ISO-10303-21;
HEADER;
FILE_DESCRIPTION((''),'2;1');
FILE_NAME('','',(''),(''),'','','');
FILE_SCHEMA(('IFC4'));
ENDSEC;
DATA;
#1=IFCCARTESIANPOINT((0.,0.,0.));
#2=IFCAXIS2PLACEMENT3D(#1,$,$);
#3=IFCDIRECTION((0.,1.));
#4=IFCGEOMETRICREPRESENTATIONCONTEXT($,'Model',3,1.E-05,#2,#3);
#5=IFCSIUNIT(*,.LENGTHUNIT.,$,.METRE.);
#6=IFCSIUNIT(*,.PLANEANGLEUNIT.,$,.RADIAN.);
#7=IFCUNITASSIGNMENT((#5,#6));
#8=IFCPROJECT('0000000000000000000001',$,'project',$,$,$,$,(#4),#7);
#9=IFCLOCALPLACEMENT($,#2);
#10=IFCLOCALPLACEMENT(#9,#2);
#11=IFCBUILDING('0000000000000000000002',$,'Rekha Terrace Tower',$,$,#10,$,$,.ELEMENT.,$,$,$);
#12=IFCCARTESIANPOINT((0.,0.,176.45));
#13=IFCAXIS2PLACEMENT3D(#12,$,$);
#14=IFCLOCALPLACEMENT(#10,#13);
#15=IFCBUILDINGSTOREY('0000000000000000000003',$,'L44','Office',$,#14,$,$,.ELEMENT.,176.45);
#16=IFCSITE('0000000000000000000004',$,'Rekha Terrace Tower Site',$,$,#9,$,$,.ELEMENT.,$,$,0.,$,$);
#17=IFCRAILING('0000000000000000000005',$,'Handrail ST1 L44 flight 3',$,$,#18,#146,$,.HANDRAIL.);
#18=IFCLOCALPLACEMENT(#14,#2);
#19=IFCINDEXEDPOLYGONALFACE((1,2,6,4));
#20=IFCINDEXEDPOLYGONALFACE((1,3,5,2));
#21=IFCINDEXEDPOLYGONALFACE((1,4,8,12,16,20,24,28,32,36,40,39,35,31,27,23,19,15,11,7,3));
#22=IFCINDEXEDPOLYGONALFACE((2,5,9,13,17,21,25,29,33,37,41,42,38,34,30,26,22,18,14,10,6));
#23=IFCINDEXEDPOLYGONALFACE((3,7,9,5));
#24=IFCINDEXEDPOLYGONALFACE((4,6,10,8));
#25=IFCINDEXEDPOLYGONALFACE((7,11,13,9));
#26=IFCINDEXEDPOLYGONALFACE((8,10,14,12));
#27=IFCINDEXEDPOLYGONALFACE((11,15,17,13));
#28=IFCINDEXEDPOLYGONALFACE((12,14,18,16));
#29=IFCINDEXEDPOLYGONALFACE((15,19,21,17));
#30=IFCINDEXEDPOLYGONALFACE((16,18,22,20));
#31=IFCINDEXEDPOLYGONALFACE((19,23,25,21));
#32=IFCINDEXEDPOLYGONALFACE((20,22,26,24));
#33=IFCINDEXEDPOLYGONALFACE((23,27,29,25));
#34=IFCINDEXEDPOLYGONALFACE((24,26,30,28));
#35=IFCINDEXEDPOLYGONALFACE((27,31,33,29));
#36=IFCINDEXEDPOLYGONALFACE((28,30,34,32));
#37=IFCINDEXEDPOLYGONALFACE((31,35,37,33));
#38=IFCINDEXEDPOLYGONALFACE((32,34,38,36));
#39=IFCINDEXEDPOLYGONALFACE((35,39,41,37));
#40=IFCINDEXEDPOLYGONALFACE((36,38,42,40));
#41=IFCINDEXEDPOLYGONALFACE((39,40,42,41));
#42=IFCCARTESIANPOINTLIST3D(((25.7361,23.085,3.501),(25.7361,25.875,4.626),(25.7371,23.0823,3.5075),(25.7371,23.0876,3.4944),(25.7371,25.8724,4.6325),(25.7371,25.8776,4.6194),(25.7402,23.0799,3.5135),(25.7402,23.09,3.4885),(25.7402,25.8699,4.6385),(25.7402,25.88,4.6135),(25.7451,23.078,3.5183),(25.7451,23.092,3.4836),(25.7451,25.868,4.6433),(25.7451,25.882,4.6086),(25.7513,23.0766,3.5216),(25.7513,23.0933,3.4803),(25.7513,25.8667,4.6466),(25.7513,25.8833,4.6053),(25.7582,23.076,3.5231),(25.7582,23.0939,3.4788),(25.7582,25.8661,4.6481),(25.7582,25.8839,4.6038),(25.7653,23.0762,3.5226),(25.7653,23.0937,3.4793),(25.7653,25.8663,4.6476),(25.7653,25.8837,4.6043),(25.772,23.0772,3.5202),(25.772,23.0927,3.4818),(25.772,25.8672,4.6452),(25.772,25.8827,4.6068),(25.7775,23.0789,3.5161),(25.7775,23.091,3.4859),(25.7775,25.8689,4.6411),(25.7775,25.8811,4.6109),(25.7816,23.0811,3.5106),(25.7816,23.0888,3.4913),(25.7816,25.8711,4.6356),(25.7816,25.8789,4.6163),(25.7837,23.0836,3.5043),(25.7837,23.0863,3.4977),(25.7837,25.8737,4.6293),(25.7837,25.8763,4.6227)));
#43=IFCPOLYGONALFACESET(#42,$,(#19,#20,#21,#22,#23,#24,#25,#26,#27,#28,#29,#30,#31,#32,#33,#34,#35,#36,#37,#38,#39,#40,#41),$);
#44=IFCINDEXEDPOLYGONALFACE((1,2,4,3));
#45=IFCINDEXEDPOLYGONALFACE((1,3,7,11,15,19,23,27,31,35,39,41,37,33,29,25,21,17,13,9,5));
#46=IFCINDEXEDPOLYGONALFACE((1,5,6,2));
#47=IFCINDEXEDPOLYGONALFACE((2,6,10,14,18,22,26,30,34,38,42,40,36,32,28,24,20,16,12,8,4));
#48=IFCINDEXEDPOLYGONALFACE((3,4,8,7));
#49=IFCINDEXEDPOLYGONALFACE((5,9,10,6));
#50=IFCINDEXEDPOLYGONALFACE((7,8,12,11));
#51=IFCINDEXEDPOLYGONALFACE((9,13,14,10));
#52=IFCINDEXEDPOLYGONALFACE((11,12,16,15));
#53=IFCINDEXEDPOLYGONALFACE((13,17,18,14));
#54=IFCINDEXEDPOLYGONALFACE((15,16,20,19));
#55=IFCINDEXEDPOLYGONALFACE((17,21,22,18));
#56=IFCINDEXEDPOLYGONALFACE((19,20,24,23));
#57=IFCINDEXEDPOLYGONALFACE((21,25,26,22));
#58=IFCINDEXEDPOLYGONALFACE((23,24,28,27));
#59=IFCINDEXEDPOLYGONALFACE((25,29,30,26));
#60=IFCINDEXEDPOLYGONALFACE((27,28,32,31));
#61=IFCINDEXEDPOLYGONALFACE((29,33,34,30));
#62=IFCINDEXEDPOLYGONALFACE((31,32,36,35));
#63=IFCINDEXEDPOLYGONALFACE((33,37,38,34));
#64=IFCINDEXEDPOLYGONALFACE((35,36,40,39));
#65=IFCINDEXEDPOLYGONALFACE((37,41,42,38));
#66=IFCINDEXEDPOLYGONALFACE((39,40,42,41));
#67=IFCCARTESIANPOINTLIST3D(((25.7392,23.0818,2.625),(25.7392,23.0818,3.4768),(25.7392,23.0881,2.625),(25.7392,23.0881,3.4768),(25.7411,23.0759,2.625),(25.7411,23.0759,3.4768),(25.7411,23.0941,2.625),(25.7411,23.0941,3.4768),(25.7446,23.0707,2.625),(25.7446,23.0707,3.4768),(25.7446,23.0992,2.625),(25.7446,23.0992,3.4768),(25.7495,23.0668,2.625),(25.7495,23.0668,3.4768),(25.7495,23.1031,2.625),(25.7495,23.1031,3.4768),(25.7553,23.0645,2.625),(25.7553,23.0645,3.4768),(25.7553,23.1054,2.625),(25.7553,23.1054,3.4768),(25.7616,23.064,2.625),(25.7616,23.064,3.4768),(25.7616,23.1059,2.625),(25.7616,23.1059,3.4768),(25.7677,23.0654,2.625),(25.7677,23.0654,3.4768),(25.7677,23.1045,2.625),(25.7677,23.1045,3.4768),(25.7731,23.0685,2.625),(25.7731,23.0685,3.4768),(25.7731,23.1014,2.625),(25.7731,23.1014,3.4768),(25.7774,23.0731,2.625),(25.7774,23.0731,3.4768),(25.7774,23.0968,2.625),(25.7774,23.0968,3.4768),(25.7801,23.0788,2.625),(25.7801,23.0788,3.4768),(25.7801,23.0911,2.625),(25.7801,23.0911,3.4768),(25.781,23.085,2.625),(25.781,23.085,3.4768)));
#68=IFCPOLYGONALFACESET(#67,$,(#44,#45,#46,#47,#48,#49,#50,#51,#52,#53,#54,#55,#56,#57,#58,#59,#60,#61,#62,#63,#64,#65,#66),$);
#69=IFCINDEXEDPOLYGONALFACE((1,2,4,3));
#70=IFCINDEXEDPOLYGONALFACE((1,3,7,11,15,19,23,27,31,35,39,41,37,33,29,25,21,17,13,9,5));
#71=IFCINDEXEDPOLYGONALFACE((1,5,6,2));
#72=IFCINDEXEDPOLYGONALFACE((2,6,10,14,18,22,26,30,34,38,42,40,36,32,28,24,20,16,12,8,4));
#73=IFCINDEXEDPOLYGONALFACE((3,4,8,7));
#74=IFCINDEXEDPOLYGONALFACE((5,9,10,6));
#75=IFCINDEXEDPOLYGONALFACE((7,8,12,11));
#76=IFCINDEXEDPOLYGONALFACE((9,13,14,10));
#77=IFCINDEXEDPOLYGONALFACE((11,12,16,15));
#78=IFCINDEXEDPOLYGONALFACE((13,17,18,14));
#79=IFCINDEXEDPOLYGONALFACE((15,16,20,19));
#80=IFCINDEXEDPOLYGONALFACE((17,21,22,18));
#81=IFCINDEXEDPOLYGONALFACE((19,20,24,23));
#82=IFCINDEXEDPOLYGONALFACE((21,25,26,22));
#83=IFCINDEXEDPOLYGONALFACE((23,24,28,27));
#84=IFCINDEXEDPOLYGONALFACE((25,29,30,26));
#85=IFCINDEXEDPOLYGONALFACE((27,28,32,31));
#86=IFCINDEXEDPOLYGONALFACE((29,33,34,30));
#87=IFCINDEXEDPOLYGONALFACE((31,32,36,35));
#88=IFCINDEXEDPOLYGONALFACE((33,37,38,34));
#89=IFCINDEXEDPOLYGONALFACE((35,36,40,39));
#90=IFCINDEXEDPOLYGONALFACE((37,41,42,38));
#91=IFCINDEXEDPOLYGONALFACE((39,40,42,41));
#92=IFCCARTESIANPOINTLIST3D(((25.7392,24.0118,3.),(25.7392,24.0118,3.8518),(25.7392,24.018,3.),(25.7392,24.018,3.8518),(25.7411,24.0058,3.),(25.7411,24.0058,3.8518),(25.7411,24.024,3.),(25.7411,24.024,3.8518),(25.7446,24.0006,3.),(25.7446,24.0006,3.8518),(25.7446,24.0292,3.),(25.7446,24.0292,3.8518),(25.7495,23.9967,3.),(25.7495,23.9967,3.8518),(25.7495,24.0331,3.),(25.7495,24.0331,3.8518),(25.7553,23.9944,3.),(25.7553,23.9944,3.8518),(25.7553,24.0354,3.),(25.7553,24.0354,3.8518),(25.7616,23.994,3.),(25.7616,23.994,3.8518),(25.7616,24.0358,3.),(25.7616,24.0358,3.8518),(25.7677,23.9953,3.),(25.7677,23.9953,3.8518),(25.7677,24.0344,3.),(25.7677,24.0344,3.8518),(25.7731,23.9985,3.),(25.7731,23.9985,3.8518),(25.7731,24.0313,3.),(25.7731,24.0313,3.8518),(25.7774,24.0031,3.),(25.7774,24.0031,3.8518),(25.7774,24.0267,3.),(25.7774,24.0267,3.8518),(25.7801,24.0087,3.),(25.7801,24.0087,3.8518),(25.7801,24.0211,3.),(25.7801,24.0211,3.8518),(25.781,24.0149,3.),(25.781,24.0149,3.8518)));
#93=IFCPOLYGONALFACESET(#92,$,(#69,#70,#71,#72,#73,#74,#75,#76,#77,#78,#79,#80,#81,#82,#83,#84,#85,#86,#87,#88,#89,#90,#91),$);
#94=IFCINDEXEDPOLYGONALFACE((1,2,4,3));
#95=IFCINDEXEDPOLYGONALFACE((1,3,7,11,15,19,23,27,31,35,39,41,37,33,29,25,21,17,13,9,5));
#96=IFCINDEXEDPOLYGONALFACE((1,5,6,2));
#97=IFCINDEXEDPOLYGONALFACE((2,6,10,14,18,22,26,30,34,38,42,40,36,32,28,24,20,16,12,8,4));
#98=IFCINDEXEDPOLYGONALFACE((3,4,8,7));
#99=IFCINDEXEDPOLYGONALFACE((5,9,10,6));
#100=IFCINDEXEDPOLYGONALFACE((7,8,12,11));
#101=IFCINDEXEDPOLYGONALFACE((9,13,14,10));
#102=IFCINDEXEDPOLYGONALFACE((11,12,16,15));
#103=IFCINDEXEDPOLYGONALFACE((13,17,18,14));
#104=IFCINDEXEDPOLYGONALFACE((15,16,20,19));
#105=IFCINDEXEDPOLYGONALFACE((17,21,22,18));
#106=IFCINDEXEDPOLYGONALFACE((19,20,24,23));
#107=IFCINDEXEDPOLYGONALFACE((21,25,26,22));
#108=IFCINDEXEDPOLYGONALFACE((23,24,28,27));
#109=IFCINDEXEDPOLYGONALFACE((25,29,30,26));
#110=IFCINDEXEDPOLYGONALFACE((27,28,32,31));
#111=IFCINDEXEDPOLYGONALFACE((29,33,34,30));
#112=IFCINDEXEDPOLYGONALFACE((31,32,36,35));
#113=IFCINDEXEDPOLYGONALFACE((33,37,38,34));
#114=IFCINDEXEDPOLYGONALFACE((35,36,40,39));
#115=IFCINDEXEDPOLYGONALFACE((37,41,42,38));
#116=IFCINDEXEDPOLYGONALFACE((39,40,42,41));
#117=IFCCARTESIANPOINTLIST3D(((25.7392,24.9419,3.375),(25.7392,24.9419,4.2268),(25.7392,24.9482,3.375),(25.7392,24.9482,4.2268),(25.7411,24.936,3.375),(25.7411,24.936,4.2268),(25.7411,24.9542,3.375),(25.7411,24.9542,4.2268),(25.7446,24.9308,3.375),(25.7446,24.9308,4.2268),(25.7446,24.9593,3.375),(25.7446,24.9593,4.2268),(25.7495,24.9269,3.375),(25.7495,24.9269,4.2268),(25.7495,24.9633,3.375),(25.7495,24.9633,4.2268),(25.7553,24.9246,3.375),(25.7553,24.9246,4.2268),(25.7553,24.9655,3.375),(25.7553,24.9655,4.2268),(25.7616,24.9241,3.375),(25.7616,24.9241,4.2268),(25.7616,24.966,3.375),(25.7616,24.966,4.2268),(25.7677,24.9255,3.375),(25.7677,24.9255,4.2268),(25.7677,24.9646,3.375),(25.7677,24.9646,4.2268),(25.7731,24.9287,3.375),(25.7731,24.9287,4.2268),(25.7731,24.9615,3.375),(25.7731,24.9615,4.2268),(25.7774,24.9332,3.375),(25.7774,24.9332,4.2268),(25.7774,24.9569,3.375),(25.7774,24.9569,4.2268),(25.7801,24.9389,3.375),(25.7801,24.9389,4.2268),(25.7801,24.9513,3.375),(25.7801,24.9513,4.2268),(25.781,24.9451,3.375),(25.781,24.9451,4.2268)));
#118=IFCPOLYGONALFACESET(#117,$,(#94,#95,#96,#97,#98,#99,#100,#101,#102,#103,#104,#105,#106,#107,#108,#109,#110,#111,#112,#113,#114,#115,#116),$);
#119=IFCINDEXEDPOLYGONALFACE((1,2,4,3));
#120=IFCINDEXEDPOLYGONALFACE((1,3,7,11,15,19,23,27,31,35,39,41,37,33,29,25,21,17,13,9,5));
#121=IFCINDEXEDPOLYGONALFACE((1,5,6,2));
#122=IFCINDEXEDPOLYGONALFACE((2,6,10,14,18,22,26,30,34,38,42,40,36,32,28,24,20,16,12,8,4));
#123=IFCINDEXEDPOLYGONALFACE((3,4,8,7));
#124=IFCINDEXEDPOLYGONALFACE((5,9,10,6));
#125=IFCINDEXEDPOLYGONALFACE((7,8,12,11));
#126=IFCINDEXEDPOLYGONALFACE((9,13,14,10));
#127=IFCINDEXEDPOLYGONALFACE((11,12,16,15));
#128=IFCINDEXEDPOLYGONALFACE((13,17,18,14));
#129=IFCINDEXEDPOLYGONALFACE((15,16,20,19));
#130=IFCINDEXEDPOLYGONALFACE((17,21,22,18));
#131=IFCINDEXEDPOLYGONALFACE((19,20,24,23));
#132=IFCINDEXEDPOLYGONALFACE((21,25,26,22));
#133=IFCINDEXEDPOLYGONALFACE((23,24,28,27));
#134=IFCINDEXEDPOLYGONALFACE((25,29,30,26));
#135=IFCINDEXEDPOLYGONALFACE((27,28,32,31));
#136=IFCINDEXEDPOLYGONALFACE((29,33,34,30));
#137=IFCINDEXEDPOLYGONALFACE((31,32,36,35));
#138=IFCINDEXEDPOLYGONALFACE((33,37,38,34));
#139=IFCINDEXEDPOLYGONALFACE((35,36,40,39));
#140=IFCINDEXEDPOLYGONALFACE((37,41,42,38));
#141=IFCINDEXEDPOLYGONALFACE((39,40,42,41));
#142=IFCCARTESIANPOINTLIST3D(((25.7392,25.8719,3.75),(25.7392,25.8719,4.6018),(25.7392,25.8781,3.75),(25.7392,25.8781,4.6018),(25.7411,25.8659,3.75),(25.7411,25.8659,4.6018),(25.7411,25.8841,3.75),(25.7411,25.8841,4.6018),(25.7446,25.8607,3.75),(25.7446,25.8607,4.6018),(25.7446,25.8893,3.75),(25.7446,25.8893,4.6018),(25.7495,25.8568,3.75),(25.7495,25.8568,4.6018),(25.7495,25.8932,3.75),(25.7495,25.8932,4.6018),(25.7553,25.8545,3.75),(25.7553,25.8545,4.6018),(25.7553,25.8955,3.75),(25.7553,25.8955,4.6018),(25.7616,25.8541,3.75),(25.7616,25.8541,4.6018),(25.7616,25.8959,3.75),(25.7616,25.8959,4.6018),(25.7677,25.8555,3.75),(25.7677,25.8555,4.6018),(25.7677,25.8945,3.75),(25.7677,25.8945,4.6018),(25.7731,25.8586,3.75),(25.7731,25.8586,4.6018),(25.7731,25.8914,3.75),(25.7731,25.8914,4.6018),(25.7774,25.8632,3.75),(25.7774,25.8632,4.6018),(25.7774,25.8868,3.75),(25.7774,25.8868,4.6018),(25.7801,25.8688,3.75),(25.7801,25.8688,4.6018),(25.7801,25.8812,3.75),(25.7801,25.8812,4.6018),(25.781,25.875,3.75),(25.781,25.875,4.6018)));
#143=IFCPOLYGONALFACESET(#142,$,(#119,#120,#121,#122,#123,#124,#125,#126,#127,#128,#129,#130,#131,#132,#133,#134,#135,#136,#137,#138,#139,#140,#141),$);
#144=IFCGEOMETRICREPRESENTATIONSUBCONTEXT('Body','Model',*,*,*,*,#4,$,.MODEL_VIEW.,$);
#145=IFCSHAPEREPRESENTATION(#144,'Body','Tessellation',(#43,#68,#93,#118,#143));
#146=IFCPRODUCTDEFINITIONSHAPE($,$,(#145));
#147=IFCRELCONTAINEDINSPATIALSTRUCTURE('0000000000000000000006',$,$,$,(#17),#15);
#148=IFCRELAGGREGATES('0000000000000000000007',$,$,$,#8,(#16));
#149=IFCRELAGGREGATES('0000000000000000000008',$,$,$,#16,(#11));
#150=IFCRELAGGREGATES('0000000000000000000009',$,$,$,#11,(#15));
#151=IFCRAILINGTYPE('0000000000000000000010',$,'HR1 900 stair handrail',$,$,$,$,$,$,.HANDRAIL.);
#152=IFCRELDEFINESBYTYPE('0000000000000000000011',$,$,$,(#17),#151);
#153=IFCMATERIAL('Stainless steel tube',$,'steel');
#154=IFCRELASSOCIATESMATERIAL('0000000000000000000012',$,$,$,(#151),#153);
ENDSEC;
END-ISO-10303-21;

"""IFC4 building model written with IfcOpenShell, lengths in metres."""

from ifc_helpers import new_model, si_unit, direction, frame, origin, origin_2d, place, context, subcontext, project, spatial, circle, extrude, material, type_object, element, save


model = new_model("IFC4")

# Units and contexts
model_context = context("Model", 3, precision=1e-05, world=origin(), true_north=direction((0.0, 1.0)))
body_context = subcontext(model_context, "Body", "Model", "MODEL_VIEW")
ifc_project = project(units=[si_unit("LENGTHUNIT", "METRE"), si_unit("PLANEANGLEUNIT", "RADIAN")], contexts=[model_context])

# Site, building, storey
site_placement = place(None, origin())
site = spatial("IfcSite", under=ifc_project, at=site_placement, Name="Rekha Terrace Tower Site", CompositionType="ELEMENT", RefElevation=0.0)
building_placement = place(site_placement, origin())
building = spatial("IfcBuilding", under=site, at=building_placement, Name="Rekha Terrace Tower", CompositionType="ELEMENT")
storey_placement = place(building_placement, frame((0.0, 0.0, 176.45)))
storey = spatial("IfcBuildingStorey", under=building, at=storey_placement, Name="L44", Description="Office", CompositionType="ELEMENT", Elevation=176.45)

# Railing
ifc_material_1 = material(Name="Stainless steel tube", Category="steel")
railing_type_1 = type_object("IfcRailingType", Name="HR1 900 stair handrail", PredefinedType="HANDRAIL", material=ifc_material_1)
railing_1_placement = place(storey_placement, frame((25.76, 23.085, 2.625)))
element("IfcRailing", 1, at=railing_1_placement, inside=storey, type_object=railing_type_1, Name="Handrail ST1 L44 flight 3", PredefinedType="HANDRAIL", context=body_context, shape_type="SweptSolid", body=[
    extrude(circle(Radius=0.0239, at=origin_2d()), frame((0.0, 0.0, 0.876), z_axis=(0.0, 0.927443, 0.373964), x_axis=(-1.0, 0.0, 0.0)), (0.0, 0.0, 1.0), 3.0083),
    extrude(circle(Radius=0.021, at=origin_2d()), origin(), (0.0, 0.0, 1.0), 0.8518),
    extrude(circle(Radius=0.021, at=origin_2d()), frame((0.0, 0.9299, 0.375)), (0.0, 0.0, 1.0), 0.8518),
    extrude(circle(Radius=0.021, at=origin_2d()), frame((0.0, 1.8601, 0.75)), (0.0, 0.0, 1.0), 0.8518),
    extrude(circle(Radius=0.021, at=origin_2d()), frame((0.0, 2.79, 1.125)), (0.0, 0.0, 1.0), 0.8518),
])

save(model, "model.ifc")
